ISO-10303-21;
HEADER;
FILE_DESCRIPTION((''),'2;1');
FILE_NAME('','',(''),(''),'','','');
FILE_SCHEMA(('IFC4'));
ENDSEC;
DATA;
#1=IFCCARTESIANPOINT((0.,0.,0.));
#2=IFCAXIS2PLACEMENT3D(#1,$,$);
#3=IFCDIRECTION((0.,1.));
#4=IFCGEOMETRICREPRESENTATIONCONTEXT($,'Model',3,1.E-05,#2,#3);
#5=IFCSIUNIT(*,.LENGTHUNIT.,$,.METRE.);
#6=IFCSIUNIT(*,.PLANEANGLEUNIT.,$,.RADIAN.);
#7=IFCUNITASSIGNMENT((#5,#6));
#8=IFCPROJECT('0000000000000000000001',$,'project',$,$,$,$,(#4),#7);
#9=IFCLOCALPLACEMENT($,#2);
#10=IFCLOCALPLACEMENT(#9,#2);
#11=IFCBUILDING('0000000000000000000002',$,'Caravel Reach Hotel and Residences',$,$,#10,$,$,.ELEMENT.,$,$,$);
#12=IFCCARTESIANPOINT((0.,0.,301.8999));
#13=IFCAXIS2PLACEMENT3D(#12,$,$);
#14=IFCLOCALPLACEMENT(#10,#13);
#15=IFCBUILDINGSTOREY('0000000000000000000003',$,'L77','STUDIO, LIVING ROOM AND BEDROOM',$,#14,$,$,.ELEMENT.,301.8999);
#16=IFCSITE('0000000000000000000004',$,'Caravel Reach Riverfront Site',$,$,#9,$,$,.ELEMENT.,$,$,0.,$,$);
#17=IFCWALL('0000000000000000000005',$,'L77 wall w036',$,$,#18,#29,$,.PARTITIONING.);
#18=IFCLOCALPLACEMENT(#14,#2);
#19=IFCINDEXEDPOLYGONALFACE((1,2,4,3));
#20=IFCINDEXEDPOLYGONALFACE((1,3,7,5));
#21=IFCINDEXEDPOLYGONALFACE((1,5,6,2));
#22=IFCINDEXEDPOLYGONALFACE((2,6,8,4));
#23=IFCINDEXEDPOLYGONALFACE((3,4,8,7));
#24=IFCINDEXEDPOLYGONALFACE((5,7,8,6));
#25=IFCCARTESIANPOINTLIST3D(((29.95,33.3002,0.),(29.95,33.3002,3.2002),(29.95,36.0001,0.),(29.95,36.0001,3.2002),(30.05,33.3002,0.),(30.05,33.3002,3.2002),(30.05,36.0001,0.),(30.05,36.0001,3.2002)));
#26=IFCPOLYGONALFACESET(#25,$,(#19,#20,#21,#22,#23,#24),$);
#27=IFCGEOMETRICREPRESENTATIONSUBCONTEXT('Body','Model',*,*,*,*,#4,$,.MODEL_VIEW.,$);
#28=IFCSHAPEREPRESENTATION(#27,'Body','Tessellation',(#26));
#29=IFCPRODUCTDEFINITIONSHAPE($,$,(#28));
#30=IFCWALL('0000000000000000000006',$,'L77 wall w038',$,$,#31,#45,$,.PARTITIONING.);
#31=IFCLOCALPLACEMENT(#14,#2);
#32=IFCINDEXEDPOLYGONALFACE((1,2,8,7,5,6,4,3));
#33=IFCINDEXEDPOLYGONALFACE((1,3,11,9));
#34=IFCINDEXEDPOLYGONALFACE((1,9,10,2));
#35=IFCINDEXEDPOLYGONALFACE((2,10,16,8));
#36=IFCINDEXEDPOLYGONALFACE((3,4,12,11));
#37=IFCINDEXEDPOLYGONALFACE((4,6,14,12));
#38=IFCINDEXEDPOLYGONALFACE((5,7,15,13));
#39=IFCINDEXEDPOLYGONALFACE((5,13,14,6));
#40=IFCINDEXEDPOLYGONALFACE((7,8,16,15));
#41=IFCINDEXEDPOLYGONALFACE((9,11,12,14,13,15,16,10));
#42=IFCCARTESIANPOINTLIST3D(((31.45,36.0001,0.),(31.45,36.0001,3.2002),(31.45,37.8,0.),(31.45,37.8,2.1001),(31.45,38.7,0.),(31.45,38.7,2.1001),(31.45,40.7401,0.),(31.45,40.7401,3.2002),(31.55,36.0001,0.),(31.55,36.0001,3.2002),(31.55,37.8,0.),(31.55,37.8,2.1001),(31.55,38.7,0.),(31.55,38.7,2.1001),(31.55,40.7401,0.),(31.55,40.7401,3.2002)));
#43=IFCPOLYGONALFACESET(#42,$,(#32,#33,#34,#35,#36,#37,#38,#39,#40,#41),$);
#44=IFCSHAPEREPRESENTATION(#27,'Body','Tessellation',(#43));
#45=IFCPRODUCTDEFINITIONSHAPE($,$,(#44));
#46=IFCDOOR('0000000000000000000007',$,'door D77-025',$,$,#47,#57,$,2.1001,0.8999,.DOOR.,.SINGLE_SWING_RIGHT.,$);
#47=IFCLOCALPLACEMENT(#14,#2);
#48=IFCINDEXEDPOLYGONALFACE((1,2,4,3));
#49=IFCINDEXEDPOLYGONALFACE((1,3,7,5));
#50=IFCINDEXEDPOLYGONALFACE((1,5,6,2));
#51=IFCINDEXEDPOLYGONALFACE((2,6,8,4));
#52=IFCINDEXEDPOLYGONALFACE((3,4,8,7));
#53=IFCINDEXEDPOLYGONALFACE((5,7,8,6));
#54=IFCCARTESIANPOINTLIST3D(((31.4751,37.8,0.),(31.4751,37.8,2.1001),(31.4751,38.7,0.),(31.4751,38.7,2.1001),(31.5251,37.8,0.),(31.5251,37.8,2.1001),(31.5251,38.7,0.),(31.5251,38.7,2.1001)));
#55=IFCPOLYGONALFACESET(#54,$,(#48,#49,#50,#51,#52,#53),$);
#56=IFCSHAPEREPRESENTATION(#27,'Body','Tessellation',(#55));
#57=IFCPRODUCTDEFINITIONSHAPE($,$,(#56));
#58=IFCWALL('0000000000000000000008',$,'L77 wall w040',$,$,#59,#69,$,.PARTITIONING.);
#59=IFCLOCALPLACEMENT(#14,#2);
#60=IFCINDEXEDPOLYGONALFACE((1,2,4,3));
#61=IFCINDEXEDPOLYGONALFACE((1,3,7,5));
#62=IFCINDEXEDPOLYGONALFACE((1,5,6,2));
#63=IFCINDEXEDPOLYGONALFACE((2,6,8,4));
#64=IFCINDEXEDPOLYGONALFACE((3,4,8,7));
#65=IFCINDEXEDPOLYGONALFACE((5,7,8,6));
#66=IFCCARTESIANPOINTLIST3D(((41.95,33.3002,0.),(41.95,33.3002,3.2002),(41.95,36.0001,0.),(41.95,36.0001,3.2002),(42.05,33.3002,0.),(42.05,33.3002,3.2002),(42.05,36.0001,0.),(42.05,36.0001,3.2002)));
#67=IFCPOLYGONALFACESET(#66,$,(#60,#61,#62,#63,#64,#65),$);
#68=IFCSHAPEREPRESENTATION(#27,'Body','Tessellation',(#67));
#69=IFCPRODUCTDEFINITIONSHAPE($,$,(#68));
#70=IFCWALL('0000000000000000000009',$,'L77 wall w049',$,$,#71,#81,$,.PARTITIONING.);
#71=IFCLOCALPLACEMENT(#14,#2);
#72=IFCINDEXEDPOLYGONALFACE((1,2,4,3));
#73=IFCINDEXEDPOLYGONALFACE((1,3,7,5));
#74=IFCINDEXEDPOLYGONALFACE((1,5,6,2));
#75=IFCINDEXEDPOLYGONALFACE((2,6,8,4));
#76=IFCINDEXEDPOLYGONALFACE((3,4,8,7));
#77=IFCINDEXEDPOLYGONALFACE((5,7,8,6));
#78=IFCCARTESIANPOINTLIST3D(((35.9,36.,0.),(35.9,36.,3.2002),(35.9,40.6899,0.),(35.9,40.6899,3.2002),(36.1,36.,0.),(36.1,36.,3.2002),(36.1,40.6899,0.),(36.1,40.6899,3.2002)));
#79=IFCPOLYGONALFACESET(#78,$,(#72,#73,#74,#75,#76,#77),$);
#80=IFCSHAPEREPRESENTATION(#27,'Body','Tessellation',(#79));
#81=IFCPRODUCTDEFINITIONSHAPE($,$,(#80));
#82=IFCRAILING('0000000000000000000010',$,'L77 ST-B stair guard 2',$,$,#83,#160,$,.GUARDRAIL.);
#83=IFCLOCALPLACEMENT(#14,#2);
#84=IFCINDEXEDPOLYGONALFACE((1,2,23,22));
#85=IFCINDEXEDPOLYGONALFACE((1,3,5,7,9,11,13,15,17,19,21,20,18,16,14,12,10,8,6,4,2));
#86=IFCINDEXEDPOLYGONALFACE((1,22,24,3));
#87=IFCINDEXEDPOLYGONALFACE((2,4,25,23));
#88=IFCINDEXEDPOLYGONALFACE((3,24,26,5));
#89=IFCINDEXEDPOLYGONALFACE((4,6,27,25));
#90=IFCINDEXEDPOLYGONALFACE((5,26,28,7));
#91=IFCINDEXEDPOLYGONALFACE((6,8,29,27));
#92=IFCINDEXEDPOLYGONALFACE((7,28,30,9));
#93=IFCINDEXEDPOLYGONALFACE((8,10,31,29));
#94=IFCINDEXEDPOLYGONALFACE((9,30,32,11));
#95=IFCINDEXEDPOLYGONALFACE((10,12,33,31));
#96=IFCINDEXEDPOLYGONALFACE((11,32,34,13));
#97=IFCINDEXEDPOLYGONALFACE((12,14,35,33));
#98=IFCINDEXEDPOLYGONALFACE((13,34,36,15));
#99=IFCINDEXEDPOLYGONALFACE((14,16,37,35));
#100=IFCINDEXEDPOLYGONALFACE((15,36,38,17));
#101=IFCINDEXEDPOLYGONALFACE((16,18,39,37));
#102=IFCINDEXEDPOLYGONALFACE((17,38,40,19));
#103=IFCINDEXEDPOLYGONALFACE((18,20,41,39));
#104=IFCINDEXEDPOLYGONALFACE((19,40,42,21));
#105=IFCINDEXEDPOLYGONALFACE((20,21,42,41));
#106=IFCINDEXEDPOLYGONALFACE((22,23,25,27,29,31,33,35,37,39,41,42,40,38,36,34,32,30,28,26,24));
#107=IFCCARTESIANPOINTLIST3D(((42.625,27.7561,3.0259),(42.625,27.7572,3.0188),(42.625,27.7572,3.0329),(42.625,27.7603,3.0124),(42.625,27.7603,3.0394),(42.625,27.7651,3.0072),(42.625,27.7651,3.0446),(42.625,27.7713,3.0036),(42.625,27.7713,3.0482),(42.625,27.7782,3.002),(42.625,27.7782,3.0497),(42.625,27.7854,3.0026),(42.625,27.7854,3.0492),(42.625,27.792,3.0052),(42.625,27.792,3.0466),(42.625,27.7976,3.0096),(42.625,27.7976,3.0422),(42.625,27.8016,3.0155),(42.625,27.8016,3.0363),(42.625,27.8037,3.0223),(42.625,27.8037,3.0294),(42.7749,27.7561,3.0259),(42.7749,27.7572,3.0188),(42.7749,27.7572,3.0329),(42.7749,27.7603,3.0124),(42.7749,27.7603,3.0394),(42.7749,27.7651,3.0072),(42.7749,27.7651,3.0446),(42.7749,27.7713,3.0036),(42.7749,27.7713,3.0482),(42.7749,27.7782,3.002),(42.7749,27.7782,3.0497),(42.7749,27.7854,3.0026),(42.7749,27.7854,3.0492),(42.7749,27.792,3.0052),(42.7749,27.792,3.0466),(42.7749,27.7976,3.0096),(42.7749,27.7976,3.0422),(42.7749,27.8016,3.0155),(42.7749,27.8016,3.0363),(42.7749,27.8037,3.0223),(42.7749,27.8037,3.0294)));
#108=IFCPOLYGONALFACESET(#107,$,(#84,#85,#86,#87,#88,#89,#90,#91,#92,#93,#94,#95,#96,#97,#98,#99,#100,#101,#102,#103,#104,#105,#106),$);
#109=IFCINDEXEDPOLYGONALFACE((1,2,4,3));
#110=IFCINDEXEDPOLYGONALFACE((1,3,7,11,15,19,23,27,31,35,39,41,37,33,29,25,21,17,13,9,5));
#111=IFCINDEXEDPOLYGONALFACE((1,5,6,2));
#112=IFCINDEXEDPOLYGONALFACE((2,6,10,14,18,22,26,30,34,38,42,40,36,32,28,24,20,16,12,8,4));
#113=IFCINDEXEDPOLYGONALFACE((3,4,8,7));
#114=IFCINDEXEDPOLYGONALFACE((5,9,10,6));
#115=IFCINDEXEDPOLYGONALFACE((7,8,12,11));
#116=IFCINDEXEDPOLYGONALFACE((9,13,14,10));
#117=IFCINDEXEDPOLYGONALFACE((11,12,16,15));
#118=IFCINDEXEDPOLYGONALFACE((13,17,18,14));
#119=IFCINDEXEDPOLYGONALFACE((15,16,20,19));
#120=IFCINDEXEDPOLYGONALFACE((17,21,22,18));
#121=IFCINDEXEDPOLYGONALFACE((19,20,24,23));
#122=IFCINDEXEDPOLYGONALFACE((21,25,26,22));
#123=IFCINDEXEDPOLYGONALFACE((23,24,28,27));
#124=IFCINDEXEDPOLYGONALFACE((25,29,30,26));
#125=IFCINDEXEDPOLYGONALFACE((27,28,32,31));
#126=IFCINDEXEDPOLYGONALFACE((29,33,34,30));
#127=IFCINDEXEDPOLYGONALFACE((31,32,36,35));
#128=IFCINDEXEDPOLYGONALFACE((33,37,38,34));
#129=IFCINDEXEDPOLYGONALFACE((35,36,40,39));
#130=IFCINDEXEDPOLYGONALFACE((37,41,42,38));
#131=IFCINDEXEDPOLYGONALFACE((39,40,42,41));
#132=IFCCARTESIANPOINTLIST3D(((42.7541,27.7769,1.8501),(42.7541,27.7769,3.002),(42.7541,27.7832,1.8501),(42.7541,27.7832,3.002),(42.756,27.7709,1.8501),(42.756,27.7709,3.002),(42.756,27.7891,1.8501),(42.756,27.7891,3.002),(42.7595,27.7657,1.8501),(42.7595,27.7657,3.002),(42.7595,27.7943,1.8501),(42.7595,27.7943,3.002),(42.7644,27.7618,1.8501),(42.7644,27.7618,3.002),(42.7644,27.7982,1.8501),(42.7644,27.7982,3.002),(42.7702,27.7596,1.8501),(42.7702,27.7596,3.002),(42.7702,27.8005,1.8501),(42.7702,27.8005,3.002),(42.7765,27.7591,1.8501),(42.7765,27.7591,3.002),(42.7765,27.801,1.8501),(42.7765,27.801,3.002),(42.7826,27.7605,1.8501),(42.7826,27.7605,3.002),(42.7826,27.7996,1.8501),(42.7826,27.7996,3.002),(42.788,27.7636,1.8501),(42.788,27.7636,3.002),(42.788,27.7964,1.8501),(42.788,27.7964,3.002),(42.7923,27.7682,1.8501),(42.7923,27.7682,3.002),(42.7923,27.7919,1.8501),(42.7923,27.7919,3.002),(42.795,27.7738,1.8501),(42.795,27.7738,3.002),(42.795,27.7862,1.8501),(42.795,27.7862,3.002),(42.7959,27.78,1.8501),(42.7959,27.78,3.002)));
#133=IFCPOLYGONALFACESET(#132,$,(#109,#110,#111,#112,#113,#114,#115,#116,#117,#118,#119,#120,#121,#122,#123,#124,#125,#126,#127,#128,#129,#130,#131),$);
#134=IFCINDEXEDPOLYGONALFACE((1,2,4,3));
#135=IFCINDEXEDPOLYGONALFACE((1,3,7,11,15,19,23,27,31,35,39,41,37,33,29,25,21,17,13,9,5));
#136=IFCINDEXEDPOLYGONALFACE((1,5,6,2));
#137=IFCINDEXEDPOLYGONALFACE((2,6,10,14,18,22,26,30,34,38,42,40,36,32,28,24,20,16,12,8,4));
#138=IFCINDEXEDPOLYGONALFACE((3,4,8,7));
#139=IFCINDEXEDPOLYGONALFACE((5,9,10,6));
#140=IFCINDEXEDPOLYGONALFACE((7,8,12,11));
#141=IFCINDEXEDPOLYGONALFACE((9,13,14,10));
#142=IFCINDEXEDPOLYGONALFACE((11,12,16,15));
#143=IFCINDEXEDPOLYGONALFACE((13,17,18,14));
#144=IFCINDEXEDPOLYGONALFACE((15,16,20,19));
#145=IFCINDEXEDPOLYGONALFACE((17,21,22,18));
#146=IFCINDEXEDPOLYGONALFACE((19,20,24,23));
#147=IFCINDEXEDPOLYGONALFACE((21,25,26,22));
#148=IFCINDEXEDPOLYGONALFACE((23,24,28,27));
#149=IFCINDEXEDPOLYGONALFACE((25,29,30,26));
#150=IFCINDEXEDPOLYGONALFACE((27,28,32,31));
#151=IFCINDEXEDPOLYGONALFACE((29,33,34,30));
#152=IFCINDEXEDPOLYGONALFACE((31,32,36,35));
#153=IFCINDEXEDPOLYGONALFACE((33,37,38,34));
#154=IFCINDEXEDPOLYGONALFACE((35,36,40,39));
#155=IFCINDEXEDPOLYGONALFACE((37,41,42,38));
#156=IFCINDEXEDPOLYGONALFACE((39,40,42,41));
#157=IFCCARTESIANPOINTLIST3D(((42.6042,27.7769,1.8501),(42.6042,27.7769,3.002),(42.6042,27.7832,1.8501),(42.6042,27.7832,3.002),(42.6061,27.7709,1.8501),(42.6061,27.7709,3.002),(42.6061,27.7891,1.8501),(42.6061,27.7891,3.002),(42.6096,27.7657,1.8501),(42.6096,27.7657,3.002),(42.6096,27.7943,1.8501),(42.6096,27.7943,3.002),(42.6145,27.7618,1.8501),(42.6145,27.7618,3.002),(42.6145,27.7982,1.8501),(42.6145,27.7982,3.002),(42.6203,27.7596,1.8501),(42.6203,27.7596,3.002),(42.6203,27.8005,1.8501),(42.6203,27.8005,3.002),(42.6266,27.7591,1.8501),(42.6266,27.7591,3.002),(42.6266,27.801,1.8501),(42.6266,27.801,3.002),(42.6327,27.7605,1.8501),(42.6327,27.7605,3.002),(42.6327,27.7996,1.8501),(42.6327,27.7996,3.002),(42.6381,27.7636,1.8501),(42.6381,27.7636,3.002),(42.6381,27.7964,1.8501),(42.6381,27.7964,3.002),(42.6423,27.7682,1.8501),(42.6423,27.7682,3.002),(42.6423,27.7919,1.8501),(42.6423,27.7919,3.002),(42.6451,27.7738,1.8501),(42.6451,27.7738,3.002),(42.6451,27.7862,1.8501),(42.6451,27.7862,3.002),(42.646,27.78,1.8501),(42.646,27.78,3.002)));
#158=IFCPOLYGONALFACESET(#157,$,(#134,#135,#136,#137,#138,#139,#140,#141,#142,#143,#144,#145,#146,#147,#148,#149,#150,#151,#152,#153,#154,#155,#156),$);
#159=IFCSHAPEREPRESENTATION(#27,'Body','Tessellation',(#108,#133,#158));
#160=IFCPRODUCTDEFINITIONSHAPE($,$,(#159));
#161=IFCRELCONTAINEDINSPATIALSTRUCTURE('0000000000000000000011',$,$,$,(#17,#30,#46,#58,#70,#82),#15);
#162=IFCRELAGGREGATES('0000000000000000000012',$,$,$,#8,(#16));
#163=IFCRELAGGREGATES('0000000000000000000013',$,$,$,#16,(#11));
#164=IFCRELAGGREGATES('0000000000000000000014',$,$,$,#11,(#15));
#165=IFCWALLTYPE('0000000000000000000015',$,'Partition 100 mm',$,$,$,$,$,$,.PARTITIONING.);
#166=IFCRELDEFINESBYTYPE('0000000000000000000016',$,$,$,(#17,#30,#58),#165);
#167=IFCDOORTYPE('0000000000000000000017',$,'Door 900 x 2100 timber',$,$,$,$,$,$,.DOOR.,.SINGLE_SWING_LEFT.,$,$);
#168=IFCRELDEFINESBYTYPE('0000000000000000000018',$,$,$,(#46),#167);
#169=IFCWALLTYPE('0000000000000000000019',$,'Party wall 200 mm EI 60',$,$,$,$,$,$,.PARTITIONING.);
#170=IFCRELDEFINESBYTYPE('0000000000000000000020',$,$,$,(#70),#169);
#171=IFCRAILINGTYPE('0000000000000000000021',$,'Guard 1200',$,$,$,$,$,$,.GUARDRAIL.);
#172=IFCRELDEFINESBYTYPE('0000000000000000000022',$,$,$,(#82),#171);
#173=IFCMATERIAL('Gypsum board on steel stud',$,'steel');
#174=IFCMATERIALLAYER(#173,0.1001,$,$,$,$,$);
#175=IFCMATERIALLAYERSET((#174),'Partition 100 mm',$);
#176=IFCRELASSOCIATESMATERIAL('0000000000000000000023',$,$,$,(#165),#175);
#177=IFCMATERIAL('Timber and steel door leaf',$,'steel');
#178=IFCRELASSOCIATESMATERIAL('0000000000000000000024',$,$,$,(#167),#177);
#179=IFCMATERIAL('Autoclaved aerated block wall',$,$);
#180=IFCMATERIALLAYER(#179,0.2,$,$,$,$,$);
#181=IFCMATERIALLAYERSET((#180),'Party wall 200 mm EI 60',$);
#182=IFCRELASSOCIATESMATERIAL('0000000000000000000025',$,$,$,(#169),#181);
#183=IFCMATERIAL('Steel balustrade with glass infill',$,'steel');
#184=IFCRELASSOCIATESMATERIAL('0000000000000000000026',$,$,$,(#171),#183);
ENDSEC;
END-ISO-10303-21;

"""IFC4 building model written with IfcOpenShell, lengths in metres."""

from ifc_helpers import new_model, si_unit, direction, frame, frame_2d, origin, origin_2d, place, context, subcontext, project, spatial, rectangle, circle, extrude, material, layer, layer_set, type_object, element, fill, save


model = new_model("IFC4")

# Units and contexts
model_context = context("Model", 3, precision=1e-05, world=origin(), true_north=direction((0.0, 1.0)))
body_context = subcontext(model_context, "Body", "Model", "MODEL_VIEW")
ifc_project = project(units=[si_unit("LENGTHUNIT", "METRE"), si_unit("PLANEANGLEUNIT", "RADIAN")], contexts=[model_context])

# Site, building, storey
site_placement = place(None, origin())
site = spatial("IfcSite", under=ifc_project, at=site_placement, Name="Caravel Reach Riverfront Site", CompositionType="ELEMENT", RefElevation=0.0)
building_placement = place(site_placement, origin())
building = spatial("IfcBuilding", under=site, at=building_placement, Name="Caravel Reach Hotel and Residences", CompositionType="ELEMENT")
storey_placement = place(building_placement, frame((0.0, 0.0, 301.8999)))
storey = spatial("IfcBuildingStorey", under=building, at=storey_placement, Name="L77", Description="STUDIO, LIVING ROOM AND BEDROOM", CompositionType="ELEMENT", Elevation=301.8999)

# Shared definitions
ifc_material_1 = material(Name="Gypsum board on steel stud", Category="steel")
ifc_layer_1 = layer(ifc_material_1, 0.1001)
ifc_layer_set_1 = layer_set([ifc_layer_1], Name="Partition 100 mm")
wall_type_1 = type_object("IfcWallType", Name="Partition 100 mm", PredefinedType="PARTITIONING", material=ifc_layer_set_1)

# Shared definitions
ifc_material_2 = material(Name="Timber and steel door leaf", Category="steel")
door_type_1 = type_object("IfcDoorType", Name="Door 900 x 2100 timber", OperationType="SINGLE_SWING_LEFT", PredefinedType="DOOR", material=ifc_material_2)

# Wall
wall_1_placement = place(storey_placement, frame((30.0, 33.3, 0.0), z_axis=(0.0, 0.0, 1.0), x_axis=(0.0, 1.0, 0.0)))
element("IfcWall", 1, at=wall_1_placement, inside=storey, type_object=wall_type_1, Name="L77 wall w036", PredefinedType="PARTITIONING", context=body_context, shape_type="SweptSolid", body=[
    extrude(rectangle(XDim=2.7, YDim=0.1001, at=frame_2d((1.3501, 0.0))), origin(), (0.0, 0.0, 1.0), 3.2002),
])

# Wall, opening, door
wall_2_placement = place(storey_placement, frame((31.5, 36.0, 0.0), z_axis=(0.0, 0.0, 1.0), x_axis=(0.0, 1.0, 0.0)))
wall_2 = element("IfcWall", 2, at=wall_2_placement, inside=storey, type_object=wall_type_1, Name="L77 wall w038", PredefinedType="PARTITIONING", context=body_context, shape_type="SweptSolid", body=[
    extrude(rectangle(XDim=4.74, YDim=0.1001, at=frame_2d((2.3701, 0.0))), origin(), (0.0, 0.0, 1.0), 3.2002),
])
opening_1_placement = place(wall_2_placement, frame((1.8, 0.0, 0.0)))
opening_1 = element("IfcOpeningElement", 3, at=opening_1_placement, cuts=wall_2, PredefinedType="OPENING", context=body_context, shape_type="SweptSolid", body=[
    extrude(rectangle(XDim=0.8999, YDim=2.1001, at=frame_2d((0.45, 1.05))), frame((0.0, 0.0601, 0.0), z_axis=(0.0, -1.0, 0.0), x_axis=(1.0, 0.0, 0.0)), (0.0, 0.0, 1.0), 0.1201),
])
door_1_placement = place(opening_1_placement, origin())
door_1 = element("IfcDoor", 4, at=door_1_placement, inside=storey, type_object=door_type_1, Name="door D77-025", OperationType="SINGLE_SWING_RIGHT", OverallHeight=2.1001, OverallWidth=0.8999, PredefinedType="DOOR", context=body_context, shape_type="SweptSolid", body=[
    extrude(rectangle(XDim=0.8999, YDim=2.1001, at=frame_2d((0.45, 1.05))), frame((0.0, 0.0249, 0.0), z_axis=(0.0, -1.0, 0.0), x_axis=(1.0, 0.0, 0.0)), (0.0, 0.0, 1.0), 0.05),
])
fill(opening_1, door_1)

# Walls
wall_3_placement = place(storey_placement, frame((42.0, 33.3, 0.0), z_axis=(0.0, 0.0, 1.0), x_axis=(0.0, 1.0, 0.0)))
element("IfcWall", 5, at=wall_3_placement, inside=storey, type_object=wall_type_1, Name="L77 wall w040", PredefinedType="PARTITIONING", context=body_context, shape_type="SweptSolid", body=[
    extrude(rectangle(XDim=2.7, YDim=0.1001, at=frame_2d((1.3501, 0.0))), origin(), (0.0, 0.0, 1.0), 3.2002),
])
ifc_material_3 = material(Name="Autoclaved aerated block wall")
ifc_layer_2 = layer(ifc_material_3, 0.2)
ifc_layer_set_2 = layer_set([ifc_layer_2], Name="Party wall 200 mm EI 60")
wall_type_2 = type_object("IfcWallType", Name="Party wall 200 mm EI 60", PredefinedType="PARTITIONING", material=ifc_layer_set_2)
wall_4_placement = place(storey_placement, frame((36.0, 36.0, 0.0), z_axis=(0.0, 0.0, 1.0), x_axis=(0.0, 1.0, 0.0)))
element("IfcWall", 6, at=wall_4_placement, inside=storey, type_object=wall_type_2, Name="L77 wall w049", PredefinedType="PARTITIONING", context=body_context, shape_type="SweptSolid", body=[
    extrude(rectangle(XDim=4.6899, YDim=0.2, at=frame_2d((2.345, 0.0))), origin(), (0.0, 0.0, 1.0), 3.2002),
])

# Railing
ifc_material_4 = material(Name="Steel balustrade with glass infill", Category="steel")
railing_type_1 = type_object("IfcRailingType", Name="Guard 1200", PredefinedType="GUARDRAIL", material=ifc_material_4)
railing_1_placement = place(storey_placement, frame((42.7749, 27.78, 1.8501)))
element("IfcRailing", 7, at=railing_1_placement, inside=storey, type_object=railing_type_1, Name="L77 ST-B stair guard 2", PredefinedType="GUARDRAIL", context=body_context, shape_type="SweptSolid", body=[
    extrude(circle(Radius=0.0239, at=origin_2d()), frame((0.0, 0.0, 1.1758), z_axis=(-1.0, 0.0, 0.0), x_axis=(0.0, -1.0, 0.0)), (0.0, 0.0, 1.0), 0.1499),
    extrude(circle(Radius=0.021, at=origin_2d()), origin(), (0.0, 0.0, 1.0), 1.1519),
    extrude(circle(Radius=0.021, at=origin_2d()), frame((-0.1499, 0.0, 0.0)), (0.0, 0.0, 1.0), 1.1519),
])

save(model, "model.ifc")
